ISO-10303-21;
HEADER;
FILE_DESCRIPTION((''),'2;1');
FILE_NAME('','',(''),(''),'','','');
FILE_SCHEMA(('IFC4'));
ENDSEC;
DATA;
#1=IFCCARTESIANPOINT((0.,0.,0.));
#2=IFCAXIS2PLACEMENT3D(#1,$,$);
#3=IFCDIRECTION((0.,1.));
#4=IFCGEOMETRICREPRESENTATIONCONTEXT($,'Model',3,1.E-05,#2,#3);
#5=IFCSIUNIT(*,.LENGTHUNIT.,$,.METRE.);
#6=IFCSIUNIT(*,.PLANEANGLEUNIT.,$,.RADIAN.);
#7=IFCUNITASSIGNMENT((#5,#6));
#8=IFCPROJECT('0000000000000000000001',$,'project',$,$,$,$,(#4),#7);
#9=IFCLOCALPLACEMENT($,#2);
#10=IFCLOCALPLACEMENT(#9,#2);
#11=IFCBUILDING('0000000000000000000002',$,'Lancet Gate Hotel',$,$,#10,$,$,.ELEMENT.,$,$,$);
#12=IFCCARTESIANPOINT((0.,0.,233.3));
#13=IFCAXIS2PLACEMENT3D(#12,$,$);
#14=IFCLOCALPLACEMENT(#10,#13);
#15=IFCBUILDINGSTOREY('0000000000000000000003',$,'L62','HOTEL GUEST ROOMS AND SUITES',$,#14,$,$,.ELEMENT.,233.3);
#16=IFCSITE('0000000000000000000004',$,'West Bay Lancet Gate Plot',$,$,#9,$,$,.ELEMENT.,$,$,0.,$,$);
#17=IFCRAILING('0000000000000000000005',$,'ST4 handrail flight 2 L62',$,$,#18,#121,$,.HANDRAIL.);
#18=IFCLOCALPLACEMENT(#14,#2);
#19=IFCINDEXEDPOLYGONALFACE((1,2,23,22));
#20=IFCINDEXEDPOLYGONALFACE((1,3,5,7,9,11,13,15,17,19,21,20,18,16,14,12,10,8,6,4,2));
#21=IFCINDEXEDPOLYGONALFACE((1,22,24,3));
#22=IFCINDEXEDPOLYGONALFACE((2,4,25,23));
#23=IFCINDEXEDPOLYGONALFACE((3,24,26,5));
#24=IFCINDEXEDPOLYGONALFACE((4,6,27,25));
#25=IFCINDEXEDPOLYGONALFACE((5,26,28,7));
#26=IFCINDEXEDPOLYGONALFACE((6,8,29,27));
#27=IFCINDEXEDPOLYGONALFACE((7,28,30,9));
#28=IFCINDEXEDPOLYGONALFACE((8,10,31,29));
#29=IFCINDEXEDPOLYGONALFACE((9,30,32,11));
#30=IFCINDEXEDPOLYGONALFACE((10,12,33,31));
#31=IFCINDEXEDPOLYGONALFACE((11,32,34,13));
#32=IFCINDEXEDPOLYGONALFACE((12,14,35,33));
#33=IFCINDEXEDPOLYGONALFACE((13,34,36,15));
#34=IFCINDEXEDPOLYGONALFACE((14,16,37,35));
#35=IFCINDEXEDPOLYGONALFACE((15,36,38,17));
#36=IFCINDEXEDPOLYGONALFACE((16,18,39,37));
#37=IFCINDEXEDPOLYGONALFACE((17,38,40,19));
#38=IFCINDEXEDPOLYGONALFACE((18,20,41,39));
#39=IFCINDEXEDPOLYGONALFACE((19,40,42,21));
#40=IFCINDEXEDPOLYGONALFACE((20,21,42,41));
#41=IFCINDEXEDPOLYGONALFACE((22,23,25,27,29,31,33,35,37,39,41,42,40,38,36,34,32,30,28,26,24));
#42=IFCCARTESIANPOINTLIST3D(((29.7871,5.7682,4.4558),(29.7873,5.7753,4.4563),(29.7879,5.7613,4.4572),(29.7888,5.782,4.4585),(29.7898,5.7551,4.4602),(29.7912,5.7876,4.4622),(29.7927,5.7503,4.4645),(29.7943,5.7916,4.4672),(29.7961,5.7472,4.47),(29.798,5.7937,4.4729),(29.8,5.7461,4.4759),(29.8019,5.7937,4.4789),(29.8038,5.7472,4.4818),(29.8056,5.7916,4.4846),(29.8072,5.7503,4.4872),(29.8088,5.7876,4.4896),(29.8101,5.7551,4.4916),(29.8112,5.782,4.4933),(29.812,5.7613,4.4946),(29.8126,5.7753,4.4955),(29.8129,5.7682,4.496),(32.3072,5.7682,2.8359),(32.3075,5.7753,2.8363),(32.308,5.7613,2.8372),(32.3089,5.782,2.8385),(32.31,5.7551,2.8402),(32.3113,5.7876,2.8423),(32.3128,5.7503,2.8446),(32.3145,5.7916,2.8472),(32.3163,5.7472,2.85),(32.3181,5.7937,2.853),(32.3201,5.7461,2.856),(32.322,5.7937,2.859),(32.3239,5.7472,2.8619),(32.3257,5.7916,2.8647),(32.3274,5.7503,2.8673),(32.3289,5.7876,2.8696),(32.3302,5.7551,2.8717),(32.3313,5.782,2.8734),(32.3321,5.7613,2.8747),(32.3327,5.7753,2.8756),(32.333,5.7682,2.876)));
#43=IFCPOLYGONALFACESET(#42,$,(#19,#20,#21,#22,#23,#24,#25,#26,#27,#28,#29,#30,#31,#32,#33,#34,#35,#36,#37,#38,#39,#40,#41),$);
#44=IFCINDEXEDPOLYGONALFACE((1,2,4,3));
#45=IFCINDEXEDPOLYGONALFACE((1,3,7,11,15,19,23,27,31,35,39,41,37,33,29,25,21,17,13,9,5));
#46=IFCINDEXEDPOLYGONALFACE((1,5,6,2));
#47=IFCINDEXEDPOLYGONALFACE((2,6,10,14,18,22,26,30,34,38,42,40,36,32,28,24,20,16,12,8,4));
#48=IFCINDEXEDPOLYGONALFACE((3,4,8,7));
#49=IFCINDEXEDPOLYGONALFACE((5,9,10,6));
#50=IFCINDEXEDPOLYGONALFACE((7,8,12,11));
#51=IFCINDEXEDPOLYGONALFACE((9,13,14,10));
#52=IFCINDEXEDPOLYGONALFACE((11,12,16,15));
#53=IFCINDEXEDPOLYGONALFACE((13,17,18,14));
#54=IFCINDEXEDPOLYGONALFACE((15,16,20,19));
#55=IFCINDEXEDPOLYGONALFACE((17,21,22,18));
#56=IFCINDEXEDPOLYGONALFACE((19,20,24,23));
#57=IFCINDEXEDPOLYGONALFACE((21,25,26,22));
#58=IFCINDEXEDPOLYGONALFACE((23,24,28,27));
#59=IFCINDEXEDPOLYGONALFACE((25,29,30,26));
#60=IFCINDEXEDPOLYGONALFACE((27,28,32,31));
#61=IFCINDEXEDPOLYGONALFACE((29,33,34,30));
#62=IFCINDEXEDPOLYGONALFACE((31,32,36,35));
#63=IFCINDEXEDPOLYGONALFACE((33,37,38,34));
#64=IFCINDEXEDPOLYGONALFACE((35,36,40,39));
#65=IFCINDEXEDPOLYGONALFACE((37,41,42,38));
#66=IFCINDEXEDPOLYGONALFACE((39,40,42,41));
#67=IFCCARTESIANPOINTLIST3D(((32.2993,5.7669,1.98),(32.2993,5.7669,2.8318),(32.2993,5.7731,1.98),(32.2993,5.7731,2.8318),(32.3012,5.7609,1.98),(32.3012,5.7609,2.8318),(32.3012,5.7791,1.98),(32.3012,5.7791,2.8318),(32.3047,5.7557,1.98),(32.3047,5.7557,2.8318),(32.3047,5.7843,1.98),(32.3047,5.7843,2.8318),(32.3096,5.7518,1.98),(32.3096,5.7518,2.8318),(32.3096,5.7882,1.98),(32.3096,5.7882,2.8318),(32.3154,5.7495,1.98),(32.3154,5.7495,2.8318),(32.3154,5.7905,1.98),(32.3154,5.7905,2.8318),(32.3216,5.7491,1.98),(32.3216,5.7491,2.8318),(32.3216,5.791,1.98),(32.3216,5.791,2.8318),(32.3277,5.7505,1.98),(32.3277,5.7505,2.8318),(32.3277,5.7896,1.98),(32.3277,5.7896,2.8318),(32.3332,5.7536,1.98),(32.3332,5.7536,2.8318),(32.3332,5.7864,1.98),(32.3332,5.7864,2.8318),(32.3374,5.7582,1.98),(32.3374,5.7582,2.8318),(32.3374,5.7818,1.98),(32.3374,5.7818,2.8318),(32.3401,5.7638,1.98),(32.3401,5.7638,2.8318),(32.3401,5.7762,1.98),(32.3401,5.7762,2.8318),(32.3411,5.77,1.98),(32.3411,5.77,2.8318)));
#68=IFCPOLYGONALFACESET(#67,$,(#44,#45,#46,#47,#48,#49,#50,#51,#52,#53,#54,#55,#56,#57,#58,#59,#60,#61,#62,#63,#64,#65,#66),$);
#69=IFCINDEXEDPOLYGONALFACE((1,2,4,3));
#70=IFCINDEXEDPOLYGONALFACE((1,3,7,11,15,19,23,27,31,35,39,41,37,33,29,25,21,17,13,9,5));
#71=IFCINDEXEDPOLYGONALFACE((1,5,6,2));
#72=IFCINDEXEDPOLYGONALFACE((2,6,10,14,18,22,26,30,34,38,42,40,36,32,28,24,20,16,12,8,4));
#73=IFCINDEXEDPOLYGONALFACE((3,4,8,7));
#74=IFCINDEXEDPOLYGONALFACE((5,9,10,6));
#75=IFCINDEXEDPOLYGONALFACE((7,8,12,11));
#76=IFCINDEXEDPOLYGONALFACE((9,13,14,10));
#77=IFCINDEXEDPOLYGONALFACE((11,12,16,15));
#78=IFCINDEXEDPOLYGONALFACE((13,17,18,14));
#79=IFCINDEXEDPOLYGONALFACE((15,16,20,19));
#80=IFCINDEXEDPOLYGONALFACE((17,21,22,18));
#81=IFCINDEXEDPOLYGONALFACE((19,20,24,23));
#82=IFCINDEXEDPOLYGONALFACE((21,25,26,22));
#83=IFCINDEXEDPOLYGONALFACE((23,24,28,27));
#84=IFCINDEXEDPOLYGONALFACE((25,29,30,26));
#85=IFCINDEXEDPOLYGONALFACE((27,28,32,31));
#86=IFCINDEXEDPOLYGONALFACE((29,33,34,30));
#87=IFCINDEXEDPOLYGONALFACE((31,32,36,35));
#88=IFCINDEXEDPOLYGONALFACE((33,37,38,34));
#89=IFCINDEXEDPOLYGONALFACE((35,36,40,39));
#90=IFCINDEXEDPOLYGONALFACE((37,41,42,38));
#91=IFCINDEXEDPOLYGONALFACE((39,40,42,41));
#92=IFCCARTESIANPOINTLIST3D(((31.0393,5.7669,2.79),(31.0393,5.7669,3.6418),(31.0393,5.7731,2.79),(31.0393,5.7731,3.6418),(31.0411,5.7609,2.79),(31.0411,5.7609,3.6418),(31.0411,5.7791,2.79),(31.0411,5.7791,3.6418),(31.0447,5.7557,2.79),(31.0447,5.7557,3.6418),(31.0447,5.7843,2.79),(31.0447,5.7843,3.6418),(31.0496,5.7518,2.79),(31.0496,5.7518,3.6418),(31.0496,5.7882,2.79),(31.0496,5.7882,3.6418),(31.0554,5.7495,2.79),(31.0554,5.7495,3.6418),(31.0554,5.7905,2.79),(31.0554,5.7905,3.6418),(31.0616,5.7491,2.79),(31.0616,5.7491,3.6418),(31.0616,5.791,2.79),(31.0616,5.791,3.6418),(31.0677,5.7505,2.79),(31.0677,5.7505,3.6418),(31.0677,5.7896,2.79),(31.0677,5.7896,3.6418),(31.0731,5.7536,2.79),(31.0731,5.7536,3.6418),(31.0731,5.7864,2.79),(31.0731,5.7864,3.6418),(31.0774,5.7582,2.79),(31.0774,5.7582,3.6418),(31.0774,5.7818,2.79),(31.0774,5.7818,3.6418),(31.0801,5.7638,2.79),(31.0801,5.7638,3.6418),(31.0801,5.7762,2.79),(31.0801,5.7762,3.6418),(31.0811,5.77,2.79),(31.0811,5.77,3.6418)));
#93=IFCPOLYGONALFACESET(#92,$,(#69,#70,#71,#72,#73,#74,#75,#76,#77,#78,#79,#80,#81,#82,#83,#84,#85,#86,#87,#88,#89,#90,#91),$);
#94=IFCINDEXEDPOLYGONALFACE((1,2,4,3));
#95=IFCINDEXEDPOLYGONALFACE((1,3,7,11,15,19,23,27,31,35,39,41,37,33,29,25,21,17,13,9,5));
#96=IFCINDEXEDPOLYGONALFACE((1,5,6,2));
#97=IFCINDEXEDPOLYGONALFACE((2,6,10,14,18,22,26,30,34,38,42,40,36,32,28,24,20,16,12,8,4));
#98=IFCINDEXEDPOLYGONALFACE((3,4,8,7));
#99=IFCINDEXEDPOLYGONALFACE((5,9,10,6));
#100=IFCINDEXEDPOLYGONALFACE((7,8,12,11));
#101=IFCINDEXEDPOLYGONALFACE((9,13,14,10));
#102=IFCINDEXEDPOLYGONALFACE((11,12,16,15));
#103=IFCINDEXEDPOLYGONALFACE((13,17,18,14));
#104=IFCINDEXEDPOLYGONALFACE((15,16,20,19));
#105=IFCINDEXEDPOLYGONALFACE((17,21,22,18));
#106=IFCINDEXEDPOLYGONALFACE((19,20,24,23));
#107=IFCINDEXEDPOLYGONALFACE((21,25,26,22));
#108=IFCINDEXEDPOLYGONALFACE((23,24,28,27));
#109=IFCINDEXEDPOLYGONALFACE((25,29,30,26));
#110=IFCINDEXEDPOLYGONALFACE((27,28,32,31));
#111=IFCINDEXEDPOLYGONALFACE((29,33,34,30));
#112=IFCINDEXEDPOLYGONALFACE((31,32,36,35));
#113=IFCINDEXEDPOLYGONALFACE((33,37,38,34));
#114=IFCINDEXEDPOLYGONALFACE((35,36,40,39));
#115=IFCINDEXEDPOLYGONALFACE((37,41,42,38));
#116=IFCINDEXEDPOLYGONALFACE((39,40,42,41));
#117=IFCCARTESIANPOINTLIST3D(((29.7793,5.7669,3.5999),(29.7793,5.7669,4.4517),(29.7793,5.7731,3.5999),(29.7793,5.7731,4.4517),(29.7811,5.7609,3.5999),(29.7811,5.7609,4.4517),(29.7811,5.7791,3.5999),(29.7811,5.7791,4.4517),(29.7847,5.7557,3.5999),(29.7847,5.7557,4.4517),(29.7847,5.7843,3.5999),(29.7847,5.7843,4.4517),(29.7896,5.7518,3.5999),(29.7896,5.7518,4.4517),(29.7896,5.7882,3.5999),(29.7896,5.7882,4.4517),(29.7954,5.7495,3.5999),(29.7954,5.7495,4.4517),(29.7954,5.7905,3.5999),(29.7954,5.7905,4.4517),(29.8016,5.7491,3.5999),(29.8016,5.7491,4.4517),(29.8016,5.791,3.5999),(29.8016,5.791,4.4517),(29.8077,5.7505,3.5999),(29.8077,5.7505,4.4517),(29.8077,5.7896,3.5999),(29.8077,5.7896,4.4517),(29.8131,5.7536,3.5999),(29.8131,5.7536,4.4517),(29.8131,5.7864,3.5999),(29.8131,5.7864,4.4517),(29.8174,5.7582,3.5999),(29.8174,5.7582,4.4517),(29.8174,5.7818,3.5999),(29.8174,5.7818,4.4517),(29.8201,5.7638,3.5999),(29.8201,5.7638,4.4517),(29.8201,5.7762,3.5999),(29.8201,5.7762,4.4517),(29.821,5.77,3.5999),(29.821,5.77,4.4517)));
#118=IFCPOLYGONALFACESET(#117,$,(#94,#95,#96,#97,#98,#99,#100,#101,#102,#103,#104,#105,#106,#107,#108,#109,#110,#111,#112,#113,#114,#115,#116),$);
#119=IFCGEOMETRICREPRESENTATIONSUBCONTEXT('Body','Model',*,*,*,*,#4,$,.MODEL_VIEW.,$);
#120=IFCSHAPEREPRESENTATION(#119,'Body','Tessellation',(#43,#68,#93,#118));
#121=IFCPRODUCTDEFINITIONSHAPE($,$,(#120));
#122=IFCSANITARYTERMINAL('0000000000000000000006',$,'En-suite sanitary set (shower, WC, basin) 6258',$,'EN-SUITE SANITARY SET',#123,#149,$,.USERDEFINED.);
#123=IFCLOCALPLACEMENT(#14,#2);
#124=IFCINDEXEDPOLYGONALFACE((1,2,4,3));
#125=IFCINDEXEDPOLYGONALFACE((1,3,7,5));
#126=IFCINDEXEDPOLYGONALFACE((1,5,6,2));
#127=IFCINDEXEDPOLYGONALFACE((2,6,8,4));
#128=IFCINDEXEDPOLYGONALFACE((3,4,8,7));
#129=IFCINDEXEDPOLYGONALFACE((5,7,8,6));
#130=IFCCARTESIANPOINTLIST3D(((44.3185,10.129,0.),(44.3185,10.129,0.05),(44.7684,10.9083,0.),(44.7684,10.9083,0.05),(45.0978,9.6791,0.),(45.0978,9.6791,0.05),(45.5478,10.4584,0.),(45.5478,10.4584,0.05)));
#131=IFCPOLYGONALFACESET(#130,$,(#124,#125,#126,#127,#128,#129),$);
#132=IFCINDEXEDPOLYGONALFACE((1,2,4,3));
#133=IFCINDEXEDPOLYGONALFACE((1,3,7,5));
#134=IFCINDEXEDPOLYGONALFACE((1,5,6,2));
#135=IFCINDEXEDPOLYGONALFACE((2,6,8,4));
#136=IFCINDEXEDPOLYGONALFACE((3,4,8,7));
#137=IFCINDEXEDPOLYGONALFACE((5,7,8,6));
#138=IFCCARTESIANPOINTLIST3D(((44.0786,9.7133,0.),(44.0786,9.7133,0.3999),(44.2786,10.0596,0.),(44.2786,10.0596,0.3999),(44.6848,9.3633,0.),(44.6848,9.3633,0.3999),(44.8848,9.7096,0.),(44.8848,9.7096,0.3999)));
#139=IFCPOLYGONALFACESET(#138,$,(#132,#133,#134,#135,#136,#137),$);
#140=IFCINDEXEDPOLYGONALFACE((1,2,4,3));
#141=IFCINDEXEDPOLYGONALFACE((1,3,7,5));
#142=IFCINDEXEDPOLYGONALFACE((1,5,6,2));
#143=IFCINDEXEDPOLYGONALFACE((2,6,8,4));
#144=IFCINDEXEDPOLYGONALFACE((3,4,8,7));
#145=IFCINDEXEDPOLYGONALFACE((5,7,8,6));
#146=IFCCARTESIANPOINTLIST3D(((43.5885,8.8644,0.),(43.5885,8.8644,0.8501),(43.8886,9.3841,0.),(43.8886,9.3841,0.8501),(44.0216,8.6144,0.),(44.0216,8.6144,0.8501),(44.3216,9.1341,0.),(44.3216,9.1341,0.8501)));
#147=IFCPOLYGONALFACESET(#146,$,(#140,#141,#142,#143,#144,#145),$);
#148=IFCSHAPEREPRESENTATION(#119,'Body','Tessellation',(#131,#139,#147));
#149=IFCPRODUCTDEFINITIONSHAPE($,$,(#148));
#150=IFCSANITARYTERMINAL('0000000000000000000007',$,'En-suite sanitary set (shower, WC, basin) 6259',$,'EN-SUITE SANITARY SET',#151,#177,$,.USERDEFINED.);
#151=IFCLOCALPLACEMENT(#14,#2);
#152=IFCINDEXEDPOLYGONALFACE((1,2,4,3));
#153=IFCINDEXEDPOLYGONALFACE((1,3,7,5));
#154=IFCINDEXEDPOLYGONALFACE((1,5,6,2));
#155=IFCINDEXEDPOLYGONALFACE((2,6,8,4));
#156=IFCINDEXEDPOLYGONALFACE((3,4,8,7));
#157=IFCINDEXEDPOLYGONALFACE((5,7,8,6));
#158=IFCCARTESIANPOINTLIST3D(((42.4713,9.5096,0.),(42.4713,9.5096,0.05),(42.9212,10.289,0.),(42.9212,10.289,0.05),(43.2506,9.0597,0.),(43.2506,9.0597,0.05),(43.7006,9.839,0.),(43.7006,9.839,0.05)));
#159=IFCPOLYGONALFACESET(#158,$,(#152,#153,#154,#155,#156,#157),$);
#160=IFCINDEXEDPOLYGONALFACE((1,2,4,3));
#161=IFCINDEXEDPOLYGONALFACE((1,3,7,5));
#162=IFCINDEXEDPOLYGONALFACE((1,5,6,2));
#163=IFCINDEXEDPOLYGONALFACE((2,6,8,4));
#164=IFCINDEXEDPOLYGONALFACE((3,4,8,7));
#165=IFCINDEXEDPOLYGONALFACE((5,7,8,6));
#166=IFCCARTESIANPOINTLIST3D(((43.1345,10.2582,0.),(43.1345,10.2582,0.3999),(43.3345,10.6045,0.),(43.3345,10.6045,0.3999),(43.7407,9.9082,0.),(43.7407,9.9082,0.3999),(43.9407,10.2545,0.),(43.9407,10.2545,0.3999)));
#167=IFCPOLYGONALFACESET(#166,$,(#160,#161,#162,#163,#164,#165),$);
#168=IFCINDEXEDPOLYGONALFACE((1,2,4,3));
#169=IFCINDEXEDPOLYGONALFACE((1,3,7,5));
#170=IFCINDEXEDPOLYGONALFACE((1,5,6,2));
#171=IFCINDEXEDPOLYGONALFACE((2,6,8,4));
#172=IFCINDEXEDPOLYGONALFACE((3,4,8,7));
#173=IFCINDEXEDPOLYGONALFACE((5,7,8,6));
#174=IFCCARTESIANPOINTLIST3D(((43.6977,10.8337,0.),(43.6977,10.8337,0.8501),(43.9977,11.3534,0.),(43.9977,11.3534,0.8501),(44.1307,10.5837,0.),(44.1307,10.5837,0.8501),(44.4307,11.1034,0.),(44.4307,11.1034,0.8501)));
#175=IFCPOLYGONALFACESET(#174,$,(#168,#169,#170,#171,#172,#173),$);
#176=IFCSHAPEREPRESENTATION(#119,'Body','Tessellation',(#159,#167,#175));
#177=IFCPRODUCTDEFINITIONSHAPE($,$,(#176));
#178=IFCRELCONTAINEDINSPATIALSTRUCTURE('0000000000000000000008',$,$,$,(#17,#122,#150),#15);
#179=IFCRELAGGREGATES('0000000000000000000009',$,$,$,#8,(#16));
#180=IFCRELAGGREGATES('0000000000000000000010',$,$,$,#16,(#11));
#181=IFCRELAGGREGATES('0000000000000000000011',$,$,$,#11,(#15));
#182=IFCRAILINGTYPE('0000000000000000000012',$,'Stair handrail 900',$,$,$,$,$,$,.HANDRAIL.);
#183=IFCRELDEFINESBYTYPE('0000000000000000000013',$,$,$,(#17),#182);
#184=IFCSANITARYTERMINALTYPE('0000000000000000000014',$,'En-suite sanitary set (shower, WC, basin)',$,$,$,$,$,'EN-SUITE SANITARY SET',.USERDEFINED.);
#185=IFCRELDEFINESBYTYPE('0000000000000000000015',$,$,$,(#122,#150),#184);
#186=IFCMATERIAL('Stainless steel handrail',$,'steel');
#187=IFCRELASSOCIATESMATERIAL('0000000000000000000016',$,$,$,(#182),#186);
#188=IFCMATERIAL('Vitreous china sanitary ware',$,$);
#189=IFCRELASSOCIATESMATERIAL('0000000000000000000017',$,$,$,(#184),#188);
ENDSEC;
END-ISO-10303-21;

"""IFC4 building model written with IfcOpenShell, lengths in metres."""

from ifc_helpers import new_model, si_unit, direction, frame, origin, origin_2d, place, context, subcontext, project, spatial, rectangle, circle, extrude, material, type_object, element, save


model = new_model("IFC4")

# Units and contexts
model_context = context("Model", 3, precision=1e-05, world=origin(), true_north=direction((0.0, 1.0)))
body_context = subcontext(model_context, "Body", "Model", "MODEL_VIEW")
ifc_project = project(units=[si_unit("LENGTHUNIT", "METRE"), si_unit("PLANEANGLEUNIT", "RADIAN")], contexts=[model_context])

# Site, building, storey
site_placement = place(None, origin())
site = spatial("IfcSite", under=ifc_project, at=site_placement, Name="West Bay Lancet Gate Plot", CompositionType="ELEMENT", RefElevation=0.0)
building_placement = place(site_placement, origin())
building = spatial("IfcBuilding", under=site, at=building_placement, Name="Lancet Gate Hotel", CompositionType="ELEMENT")
storey_placement = place(building_placement, frame((0.0, 0.0, 233.3)))
storey = spatial("IfcBuildingStorey", under=building, at=storey_placement, Name="L62", Description="HOTEL GUEST ROOMS AND SUITES", CompositionType="ELEMENT", Elevation=233.3)

# Railing
ifc_material_1 = material(Name="Stainless steel handrail", Category="steel")
railing_type = type_object("IfcRailingType", Name="Stair handrail 900", PredefinedType="HANDRAIL", material=ifc_material_1)
railing_1_placement = place(storey_placement, frame((32.3201, 5.77, 1.98)))
element("IfcRailing", 1, at=railing_1_placement, inside=storey, type_object=railing_type, Name="ST4 handrail flight 2 L62", PredefinedType="HANDRAIL", context=body_context, shape_type="SweptSolid", body=[
    extrude(circle(Radius=0.0239, at=origin_2d()), frame((0.0, 0.0, 0.876), z_axis=(-0.8412, 0.0, 0.540725), x_axis=(0.0, -1.0, 0.0)), (0.0, 0.0, 1.0), 2.9958),
    extrude(circle(Radius=0.021, at=origin_2d()), origin(), (0.0, 0.0, 1.0), 0.8518),
    extrude(circle(Radius=0.021, at=origin_2d()), frame((-1.26, 0.0, 0.8101)), (0.0, 0.0, 1.0), 0.8518),
    extrude(circle(Radius=0.021, at=origin_2d()), frame((-2.52, 0.0, 1.6199)), (0.0, 0.0, 1.0), 0.8518),
])

# Sanitary terminals
ifc_material_2 = material(Name="Vitreous china sanitary ware")
sanitary_terminal_type = type_object("IfcSanitaryTerminalType", Name="En-suite sanitary set (shower, WC, basin)", ElementType="EN-SUITE SANITARY SET", PredefinedType="USERDEFINED", material=ifc_material_2)
sanitary_terminal_1_placement = place(storey_placement, frame((44.9331, 10.2937, 0.0), z_axis=(0.0, 0.0, 1.0), x_axis=(1.0, 0.0, 0.0)))
element("IfcSanitaryTerminal", 2, at=sanitary_terminal_1_placement, inside=storey, type_object=sanitary_terminal_type, Name="En-suite sanitary set (shower, WC, basin) 6258", ObjectType="EN-SUITE SANITARY SET", PredefinedType="USERDEFINED", context=body_context, shape_type="SweptSolid", body=[
    extrude(rectangle(XDim=0.8999, YDim=0.8999, at=origin_2d()), frame((0.0, 0.0, 0.0), z_axis=(0.0, 0.0, 1.0), x_axis=(0.5, 0.866025, 0.0)), (0.0, 0.0, 1.0), 0.05),
    extrude(rectangle(XDim=0.3999, YDim=0.7, at=origin_2d()), frame((-0.4514, -0.5823, 0.0), z_axis=(0.0, 0.0, 1.0), x_axis=(0.5, 0.866025, 0.0)), (0.0, 0.0, 1.0), 0.3999),
    extrude(rectangle(XDim=0.6001, YDim=0.5, at=origin_2d()), frame((-0.978, -1.2944, 0.0), z_axis=(0.0, 0.0, 1.0), x_axis=(0.5, 0.866025, 0.0)), (0.0, 0.0, 1.0), 0.8501),
])
sanitary_terminal_2_placement = place(storey_placement, frame((43.0859, 9.6743, 0.0), z_axis=(0.0, 0.0, 1.0), x_axis=(1.0, 0.0, 0.0)))
element("IfcSanitaryTerminal", 3, at=sanitary_terminal_2_placement, inside=storey, type_object=sanitary_terminal_type, Name="En-suite sanitary set (shower, WC, basin) 6259", ObjectType="EN-SUITE SANITARY SET", PredefinedType="USERDEFINED", context=body_context, shape_type="SweptSolid", body=[
    extrude(rectangle(XDim=0.8999, YDim=0.8999, at=origin_2d()), frame((0.0, 0.0, 0.0), z_axis=(0.0, 0.0, 1.0), x_axis=(-0.5, -0.866025, 0.0)), (0.0, 0.0, 1.0), 0.05),
    extrude(rectangle(XDim=0.3999, YDim=0.7, at=origin_2d()), frame((0.4517, 0.582, 0.0), z_axis=(0.0, 0.0, 1.0), x_axis=(-0.5, -0.866025, 0.0)), (0.0, 0.0, 1.0), 0.3999),
    extrude(rectangle(XDim=0.6001, YDim=0.5, at=origin_2d()), frame((0.9783, 1.2942, 0.0), z_axis=(0.0, 0.0, 1.0), x_axis=(-0.5, -0.866025, 0.0)), (0.0, 0.0, 1.0), 0.8501),
])

save(model, "model.ifc")
